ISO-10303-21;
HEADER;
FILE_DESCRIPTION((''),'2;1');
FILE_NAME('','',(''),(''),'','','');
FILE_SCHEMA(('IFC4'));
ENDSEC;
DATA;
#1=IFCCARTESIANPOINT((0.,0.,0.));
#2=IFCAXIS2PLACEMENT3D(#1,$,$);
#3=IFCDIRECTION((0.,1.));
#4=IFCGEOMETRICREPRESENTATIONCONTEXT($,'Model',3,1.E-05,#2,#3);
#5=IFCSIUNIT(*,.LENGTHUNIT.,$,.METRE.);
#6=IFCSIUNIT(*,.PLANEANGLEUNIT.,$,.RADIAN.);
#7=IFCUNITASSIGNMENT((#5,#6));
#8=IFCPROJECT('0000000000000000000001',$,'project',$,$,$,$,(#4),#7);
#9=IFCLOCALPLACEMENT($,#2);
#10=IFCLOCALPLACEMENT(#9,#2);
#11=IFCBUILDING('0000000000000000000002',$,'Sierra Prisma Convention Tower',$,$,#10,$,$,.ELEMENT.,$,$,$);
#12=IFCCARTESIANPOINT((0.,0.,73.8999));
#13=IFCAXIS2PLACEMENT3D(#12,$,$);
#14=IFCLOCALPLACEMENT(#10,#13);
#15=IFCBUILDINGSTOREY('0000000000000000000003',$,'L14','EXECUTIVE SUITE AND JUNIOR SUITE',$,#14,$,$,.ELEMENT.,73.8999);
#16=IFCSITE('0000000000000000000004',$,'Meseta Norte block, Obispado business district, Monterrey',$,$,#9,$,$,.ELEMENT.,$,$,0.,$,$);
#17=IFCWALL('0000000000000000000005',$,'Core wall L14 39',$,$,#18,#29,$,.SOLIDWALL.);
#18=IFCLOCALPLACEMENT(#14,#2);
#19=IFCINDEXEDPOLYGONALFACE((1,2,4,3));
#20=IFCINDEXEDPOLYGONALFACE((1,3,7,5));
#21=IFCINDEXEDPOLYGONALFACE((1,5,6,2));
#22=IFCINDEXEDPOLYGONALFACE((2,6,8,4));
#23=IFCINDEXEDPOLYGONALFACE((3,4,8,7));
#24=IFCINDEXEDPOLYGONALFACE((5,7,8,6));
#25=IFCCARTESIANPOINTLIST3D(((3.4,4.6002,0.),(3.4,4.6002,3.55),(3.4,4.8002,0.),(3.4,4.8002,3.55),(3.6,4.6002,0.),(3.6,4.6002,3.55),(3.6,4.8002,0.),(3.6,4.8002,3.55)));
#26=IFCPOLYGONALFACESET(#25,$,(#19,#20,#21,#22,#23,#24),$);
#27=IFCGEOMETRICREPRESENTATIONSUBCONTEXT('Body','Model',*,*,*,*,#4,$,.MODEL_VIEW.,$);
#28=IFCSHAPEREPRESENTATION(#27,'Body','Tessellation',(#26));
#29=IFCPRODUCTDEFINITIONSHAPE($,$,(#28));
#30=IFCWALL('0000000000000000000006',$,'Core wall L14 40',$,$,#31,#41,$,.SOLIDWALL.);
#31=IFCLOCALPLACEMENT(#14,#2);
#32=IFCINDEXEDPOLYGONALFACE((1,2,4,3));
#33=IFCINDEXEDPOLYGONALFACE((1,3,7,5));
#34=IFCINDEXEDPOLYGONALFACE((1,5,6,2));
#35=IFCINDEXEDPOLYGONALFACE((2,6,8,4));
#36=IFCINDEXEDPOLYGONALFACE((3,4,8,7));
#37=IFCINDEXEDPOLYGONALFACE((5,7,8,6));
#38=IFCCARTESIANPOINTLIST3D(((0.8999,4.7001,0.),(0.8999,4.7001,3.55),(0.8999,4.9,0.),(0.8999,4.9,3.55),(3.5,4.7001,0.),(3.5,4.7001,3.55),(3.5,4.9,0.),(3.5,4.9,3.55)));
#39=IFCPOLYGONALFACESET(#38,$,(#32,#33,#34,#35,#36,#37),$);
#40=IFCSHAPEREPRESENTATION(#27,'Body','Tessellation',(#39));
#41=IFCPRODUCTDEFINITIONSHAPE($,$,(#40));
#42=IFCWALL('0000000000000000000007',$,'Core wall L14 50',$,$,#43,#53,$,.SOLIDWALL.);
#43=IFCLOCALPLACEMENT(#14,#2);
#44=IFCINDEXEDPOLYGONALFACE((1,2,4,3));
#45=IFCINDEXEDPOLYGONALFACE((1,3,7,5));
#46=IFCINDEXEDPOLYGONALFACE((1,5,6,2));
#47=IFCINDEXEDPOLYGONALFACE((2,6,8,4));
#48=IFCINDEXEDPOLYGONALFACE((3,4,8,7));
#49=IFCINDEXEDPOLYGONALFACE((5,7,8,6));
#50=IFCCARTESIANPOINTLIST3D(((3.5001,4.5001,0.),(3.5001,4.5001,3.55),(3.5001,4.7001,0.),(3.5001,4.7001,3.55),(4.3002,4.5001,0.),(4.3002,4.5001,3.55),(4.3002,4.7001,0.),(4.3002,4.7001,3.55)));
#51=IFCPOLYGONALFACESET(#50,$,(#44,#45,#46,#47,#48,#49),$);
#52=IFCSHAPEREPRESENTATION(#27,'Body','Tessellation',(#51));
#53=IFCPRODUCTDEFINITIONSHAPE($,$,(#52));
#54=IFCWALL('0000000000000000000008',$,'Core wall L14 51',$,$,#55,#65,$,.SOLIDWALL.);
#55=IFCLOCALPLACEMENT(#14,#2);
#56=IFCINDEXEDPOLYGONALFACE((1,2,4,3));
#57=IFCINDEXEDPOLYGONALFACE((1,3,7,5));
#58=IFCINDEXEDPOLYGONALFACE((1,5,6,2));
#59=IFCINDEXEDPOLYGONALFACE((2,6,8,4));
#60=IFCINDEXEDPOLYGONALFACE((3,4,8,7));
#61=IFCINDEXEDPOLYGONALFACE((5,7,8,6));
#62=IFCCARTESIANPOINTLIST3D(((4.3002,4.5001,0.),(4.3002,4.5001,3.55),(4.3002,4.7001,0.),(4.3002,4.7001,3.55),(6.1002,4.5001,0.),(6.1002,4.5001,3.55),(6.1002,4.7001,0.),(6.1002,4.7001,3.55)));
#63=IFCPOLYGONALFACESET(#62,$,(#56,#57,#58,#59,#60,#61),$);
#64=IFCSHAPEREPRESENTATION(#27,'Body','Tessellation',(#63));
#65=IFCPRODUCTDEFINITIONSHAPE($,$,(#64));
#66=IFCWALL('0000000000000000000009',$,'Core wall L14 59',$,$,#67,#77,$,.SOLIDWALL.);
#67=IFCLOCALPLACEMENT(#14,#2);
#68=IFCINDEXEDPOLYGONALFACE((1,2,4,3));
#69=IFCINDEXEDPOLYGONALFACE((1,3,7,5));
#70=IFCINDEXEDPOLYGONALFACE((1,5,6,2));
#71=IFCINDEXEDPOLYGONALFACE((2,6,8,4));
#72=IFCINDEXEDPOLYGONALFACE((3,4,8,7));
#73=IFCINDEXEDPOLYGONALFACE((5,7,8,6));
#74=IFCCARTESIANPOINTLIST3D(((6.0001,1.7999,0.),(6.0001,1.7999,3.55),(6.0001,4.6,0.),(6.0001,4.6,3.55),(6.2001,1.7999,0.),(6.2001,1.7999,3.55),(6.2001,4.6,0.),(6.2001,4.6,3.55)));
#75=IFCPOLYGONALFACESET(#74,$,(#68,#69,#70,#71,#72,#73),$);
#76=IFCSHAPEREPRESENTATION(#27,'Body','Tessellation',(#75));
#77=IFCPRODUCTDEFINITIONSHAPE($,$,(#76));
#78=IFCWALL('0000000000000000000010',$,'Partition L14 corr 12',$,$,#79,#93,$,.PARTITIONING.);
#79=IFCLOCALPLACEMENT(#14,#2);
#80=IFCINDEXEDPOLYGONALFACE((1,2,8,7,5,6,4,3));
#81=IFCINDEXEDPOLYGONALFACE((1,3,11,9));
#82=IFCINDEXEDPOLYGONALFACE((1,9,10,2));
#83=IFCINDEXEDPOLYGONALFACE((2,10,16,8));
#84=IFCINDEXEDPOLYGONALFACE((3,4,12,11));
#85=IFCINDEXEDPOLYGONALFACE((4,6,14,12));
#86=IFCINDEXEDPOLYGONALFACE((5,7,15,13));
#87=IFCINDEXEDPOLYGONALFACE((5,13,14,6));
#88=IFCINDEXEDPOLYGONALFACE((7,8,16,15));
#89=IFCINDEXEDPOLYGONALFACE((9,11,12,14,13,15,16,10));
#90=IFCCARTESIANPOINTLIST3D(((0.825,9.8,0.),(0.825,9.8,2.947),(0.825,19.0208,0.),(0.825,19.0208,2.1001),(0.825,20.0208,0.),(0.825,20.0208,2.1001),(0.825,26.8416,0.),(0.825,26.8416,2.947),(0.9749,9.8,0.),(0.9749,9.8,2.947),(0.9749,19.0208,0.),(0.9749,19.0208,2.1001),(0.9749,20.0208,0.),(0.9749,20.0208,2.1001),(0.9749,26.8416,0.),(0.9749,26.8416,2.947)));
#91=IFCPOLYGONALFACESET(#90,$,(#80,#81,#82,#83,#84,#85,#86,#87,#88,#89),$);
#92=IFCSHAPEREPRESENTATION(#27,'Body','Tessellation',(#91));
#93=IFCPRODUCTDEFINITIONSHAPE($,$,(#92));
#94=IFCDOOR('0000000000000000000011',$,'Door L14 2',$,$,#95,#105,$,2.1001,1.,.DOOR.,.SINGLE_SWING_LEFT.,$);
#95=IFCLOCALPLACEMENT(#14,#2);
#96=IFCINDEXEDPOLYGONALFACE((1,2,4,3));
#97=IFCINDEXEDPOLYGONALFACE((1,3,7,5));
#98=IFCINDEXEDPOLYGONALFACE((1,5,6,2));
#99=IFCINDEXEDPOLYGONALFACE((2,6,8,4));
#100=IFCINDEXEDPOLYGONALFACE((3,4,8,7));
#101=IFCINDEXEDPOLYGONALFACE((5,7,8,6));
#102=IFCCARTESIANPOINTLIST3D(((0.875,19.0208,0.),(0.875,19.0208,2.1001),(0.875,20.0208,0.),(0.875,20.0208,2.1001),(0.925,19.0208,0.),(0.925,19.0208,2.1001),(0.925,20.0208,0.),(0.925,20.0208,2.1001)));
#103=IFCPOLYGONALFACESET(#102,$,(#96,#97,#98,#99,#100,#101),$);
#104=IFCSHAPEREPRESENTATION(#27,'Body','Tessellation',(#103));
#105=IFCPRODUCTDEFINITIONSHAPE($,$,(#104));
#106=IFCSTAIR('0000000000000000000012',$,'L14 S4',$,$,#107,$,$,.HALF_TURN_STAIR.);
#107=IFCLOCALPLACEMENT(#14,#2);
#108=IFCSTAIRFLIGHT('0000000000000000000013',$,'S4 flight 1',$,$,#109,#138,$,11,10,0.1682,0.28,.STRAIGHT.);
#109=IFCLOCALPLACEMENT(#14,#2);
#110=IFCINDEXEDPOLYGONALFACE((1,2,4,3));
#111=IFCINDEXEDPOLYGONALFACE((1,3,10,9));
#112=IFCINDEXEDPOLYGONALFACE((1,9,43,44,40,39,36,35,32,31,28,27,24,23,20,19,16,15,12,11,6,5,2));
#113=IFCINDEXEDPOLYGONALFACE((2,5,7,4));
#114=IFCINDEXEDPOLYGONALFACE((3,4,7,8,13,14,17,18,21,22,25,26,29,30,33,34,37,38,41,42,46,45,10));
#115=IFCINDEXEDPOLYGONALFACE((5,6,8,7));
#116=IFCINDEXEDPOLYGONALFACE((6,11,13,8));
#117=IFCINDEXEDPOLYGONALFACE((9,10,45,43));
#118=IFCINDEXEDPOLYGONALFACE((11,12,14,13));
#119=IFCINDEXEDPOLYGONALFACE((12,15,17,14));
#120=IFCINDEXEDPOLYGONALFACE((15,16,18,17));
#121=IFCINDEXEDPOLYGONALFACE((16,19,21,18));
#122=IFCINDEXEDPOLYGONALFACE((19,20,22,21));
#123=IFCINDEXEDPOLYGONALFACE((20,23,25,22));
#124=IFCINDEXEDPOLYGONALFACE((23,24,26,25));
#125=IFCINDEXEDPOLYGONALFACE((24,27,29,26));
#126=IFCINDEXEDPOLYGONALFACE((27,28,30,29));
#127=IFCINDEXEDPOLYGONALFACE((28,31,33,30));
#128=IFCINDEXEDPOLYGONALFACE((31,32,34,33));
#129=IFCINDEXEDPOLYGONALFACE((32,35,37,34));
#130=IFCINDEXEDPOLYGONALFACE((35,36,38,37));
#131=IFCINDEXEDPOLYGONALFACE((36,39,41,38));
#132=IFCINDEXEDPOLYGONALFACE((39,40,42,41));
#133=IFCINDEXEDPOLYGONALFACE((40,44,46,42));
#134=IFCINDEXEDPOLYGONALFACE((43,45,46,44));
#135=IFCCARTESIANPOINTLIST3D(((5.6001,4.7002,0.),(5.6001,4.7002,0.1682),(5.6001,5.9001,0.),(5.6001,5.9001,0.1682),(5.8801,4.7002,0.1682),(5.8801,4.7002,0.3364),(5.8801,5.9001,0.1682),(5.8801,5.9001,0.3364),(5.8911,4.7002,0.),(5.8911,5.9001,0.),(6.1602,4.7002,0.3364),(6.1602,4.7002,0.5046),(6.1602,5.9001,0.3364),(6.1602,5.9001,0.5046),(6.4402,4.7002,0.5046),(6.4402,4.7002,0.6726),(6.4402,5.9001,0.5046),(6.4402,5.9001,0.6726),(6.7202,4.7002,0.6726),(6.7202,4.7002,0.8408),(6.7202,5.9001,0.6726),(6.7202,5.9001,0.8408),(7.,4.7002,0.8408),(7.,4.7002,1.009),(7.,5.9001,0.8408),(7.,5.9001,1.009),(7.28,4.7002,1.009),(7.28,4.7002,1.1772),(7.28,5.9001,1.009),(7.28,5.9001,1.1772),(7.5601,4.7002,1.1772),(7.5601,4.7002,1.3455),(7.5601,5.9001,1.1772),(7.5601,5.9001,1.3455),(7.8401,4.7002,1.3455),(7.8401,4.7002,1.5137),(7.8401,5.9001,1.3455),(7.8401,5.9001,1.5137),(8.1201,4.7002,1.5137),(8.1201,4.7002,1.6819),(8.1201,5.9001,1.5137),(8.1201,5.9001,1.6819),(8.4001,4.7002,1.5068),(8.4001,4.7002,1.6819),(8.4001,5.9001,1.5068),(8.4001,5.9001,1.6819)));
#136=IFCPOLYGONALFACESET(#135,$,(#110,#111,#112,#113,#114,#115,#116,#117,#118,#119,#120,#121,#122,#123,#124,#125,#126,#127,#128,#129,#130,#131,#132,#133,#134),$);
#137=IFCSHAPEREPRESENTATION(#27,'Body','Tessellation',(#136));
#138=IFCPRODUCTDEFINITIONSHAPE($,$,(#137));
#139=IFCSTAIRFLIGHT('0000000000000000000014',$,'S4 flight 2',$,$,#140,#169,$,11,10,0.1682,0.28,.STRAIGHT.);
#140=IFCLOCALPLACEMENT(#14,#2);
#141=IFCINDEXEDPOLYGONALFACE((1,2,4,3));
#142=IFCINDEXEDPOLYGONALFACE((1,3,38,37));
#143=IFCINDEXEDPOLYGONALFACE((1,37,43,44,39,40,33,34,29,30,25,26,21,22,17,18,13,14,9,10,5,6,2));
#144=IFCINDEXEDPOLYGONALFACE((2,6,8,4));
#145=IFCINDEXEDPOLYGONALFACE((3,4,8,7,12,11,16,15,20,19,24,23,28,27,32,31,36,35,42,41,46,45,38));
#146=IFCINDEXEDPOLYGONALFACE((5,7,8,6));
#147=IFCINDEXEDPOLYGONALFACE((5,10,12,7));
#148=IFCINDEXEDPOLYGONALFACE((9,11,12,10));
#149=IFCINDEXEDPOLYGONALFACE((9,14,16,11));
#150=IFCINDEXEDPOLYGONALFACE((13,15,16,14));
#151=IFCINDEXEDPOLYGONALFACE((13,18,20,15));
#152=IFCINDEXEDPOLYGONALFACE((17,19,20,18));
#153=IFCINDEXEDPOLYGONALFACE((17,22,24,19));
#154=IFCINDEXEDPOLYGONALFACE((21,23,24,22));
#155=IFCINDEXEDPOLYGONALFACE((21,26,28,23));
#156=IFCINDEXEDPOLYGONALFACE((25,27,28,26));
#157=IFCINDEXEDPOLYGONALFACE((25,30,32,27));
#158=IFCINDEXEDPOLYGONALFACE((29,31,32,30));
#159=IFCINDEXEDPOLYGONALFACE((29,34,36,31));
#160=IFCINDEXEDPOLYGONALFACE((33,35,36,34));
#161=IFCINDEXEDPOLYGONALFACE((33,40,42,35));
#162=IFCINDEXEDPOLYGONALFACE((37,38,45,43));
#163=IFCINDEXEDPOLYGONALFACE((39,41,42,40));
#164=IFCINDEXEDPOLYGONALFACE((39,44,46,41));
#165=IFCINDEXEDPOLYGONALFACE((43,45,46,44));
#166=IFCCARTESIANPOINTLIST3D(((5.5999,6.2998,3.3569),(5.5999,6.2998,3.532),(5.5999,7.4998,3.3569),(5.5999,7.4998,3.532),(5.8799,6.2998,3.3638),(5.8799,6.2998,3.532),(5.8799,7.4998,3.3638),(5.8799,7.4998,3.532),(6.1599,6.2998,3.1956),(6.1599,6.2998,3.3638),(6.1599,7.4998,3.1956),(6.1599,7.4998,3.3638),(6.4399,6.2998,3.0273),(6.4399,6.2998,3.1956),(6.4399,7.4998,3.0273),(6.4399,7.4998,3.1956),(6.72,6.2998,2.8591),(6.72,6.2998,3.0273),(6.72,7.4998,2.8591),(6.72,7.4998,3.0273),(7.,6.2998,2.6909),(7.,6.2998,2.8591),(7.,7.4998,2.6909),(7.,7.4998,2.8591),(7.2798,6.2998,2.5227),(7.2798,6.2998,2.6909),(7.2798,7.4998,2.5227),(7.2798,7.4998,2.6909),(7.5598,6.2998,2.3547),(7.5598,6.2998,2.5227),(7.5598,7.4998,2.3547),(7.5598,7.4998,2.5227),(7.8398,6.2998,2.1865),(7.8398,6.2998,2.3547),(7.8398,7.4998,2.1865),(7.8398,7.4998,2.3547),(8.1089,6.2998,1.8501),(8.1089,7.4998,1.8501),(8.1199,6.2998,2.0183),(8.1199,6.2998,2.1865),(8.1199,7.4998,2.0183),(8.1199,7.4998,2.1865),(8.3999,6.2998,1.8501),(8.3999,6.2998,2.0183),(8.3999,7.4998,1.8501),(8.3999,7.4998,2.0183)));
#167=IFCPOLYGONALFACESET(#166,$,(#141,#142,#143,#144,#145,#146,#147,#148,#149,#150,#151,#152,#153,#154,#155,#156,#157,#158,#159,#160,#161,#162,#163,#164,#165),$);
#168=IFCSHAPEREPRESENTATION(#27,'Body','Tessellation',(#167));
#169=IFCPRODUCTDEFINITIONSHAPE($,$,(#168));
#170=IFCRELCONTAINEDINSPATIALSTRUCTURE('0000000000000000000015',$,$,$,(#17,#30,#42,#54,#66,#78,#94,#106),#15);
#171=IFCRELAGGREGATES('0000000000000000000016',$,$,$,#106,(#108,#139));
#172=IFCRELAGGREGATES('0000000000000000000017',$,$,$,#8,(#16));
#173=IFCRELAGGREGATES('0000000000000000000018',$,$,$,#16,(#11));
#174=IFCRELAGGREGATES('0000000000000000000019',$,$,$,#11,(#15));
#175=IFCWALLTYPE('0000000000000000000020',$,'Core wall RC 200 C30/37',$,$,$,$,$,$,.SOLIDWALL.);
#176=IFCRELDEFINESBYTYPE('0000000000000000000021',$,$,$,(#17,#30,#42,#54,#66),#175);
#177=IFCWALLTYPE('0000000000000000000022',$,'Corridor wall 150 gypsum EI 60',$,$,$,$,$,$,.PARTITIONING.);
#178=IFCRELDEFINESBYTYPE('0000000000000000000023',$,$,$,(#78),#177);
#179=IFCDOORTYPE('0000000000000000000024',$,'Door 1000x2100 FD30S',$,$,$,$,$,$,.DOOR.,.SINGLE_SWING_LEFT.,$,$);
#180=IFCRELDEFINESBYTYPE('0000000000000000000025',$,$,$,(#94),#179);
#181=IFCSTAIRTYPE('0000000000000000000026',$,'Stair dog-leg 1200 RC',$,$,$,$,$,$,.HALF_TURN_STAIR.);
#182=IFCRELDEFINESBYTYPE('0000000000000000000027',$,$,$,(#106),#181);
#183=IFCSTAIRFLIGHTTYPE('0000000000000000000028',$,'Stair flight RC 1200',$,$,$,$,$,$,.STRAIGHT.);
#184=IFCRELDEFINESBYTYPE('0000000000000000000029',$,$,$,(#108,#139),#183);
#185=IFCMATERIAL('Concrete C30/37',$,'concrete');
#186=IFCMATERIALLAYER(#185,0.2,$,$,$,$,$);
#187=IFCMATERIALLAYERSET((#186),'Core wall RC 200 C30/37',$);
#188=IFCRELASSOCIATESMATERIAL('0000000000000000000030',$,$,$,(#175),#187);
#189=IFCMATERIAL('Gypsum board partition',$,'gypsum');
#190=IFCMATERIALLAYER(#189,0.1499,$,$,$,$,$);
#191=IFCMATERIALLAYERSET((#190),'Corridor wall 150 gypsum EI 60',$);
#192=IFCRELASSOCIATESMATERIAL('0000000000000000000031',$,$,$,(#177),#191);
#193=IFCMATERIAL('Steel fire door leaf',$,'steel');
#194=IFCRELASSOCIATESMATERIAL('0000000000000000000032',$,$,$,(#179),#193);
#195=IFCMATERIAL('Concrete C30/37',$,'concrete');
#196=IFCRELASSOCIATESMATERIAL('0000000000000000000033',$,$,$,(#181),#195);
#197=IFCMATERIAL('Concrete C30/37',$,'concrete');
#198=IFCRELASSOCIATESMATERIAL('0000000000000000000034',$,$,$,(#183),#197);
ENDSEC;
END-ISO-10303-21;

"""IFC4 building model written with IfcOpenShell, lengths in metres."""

from ifc_helpers import new_model, si_unit, direction, frame, frame_2d, origin, place, context, subcontext, project, spatial, polyline, rectangle, outline, extrude, material, layer, layer_set, type_object, element, fill, aggregate, save


model = new_model("IFC4")

# Units and contexts
model_context = context("Model", 3, precision=1e-05, world=origin(), true_north=direction((0.0, 1.0)))
body_context = subcontext(model_context, "Body", "Model", "MODEL_VIEW")
ifc_project = project(units=[si_unit("LENGTHUNIT", "METRE"), si_unit("PLANEANGLEUNIT", "RADIAN")], contexts=[model_context])

# Site, building, storey
site_placement = place(None, origin())
site = spatial("IfcSite", under=ifc_project, at=site_placement, Name="Meseta Norte block, Obispado business district, Monterrey", CompositionType="ELEMENT", RefElevation=0.0)
building_placement = place(site_placement, origin())
building = spatial("IfcBuilding", under=site, at=building_placement, Name="Sierra Prisma Convention Tower", CompositionType="ELEMENT")
storey_placement = place(building_placement, frame((0.0, 0.0, 73.8999)))
storey = spatial("IfcBuildingStorey", under=building, at=storey_placement, Name="L14", Description="EXECUTIVE SUITE AND JUNIOR SUITE", CompositionType="ELEMENT", Elevation=73.8999)

# Walls
ifc_material_1 = material(Name="Concrete C30/37", Category="concrete")
ifc_layer_1 = layer(ifc_material_1, 0.2)
ifc_layer_set_1 = layer_set([ifc_layer_1], Name="Core wall RC 200 C30/37")
wall_type_1 = type_object("IfcWallType", Name="Core wall RC 200 C30/37", PredefinedType="SOLIDWALL", material=ifc_layer_set_1)
wall_1_placement = place(storey_placement, frame((3.5, 4.6001, 0.0), z_axis=(0.0, 0.0, 1.0), x_axis=(0.0, 1.0, 0.0)))
element("IfcWall", 1, at=wall_1_placement, inside=storey, type_object=wall_type_1, Name="Core wall L14 39", PredefinedType="SOLIDWALL", context=body_context, shape_type="SweptSolid", body=[
    extrude(rectangle(XDim=0.2, YDim=0.2, at=frame_2d((0.1001, 0.0))), origin(), (0.0, 0.0, 1.0), 3.55),
])
wall_2_placement = place(storey_placement, frame((3.5, 4.8, 0.0), z_axis=(0.0, 0.0, 1.0), x_axis=(-1.0, 0.0, 0.0)))
element("IfcWall", 2, at=wall_2_placement, inside=storey, type_object=wall_type_1, Name="Core wall L14 40", PredefinedType="SOLIDWALL", context=body_context, shape_type="SweptSolid", body=[
    extrude(rectangle(XDim=2.6001, YDim=0.2, at=frame_2d((1.3, 0.0))), origin(), (0.0, 0.0, 1.0), 3.55),
])

# Walls
wall_3_placement = place(storey_placement, frame((4.3, 4.6001, 0.0), z_axis=(0.0, 0.0, 1.0), x_axis=(-1.0, 0.0, 0.0)))
element("IfcWall", 3, at=wall_3_placement, inside=storey, type_object=wall_type_1, Name="Core wall L14 50", PredefinedType="SOLIDWALL", context=body_context, shape_type="SweptSolid", body=[
    extrude(rectangle(XDim=0.8, YDim=0.2, at=frame_2d((0.3999, 0.0))), origin(), (0.0, 0.0, 1.0), 3.55),
])
wall_4_placement = place(storey_placement, frame((6.1001, 4.6001, 0.0), z_axis=(0.0, 0.0, 1.0), x_axis=(-1.0, 0.0, 0.0)))
element("IfcWall", 4, at=wall_4_placement, inside=storey, type_object=wall_type_1, Name="Core wall L14 51", PredefinedType="SOLIDWALL", context=body_context, shape_type="SweptSolid", body=[
    extrude(rectangle(XDim=1.8, YDim=0.2, at=frame_2d((0.8999, 0.0))), origin(), (0.0, 0.0, 1.0), 3.55),
])

# Wall
wall_5_placement = place(storey_placement, frame((6.1001, 1.8, 0.0), z_axis=(0.0, 0.0, 1.0), x_axis=(0.0, 1.0, 0.0)))
element("IfcWall", 5, at=wall_5_placement, inside=storey, type_object=wall_type_1, Name="Core wall L14 59", PredefinedType="SOLIDWALL", context=body_context, shape_type="SweptSolid", body=[
    extrude(rectangle(XDim=2.8, YDim=0.2, at=frame_2d((1.3999, 0.0))), origin(), (0.0, 0.0, 1.0), 3.55),
])

# Wall, opening, door
ifc_material_2 = material(Name="Gypsum board partition", Category="gypsum")
ifc_layer_2 = layer(ifc_material_2, 0.1499)
ifc_layer_set_2 = layer_set([ifc_layer_2], Name="Corridor wall 150 gypsum EI 60")
wall_type_2 = type_object("IfcWallType", Name="Corridor wall 150 gypsum EI 60", PredefinedType="PARTITIONING", material=ifc_layer_set_2)
wall_6_placement = place(storey_placement, frame((0.8999, 9.8, 0.0), z_axis=(0.0, 0.0, 1.0), x_axis=(0.0, 1.0, 0.0)))
wall_6 = element("IfcWall", 6, at=wall_6_placement, inside=storey, type_object=wall_type_2, Name="Partition L14 corr 12", PredefinedType="PARTITIONING", context=body_context, shape_type="SweptSolid", body=[
    extrude(rectangle(XDim=17.0415, YDim=0.1499, at=frame_2d((8.5208, 0.0))), origin(), (0.0, 0.0, 1.0), 2.947),
])
opening_1_placement = place(wall_6_placement, frame((9.2207, 0.0, 0.0)))
opening_1 = element("IfcOpeningElement", 7, at=opening_1_placement, cuts=wall_6, PredefinedType="OPENING", context=body_context, shape_type="SweptSolid", body=[
    extrude(rectangle(XDim=1.0, YDim=2.1001, at=frame_2d((0.5, 1.05))), frame((0.0, 0.075, 0.0), z_axis=(0.0, -1.0, 0.0), x_axis=(1.0, 0.0, 0.0)), (0.0, 0.0, 1.0), 0.1499),
])
ifc_material_3 = material(Name="Steel fire door leaf", Category="steel")
door_type_1 = type_object("IfcDoorType", Name="Door 1000x2100 FD30S", OperationType="SINGLE_SWING_LEFT", PredefinedType="DOOR", material=ifc_material_3)
door_1_placement = place(opening_1_placement, origin())
door_1 = element("IfcDoor", 8, at=door_1_placement, inside=storey, type_object=door_type_1, Name="Door L14 2", OperationType="SINGLE_SWING_LEFT", OverallHeight=2.1001, OverallWidth=1.0, PredefinedType="DOOR", context=body_context, shape_type="SweptSolid", body=[
    extrude(rectangle(XDim=1.0, YDim=2.1001, at=frame_2d((0.5, 1.05))), frame((0.0, 0.0249, 0.0), z_axis=(0.0, -1.0, 0.0), x_axis=(1.0, 0.0, 0.0)), (0.0, 0.0, 1.0), 0.05),
])
fill(opening_1, door_1)

# Stair, stair flights
ifc_material_4 = material(Name="Concrete C30/37", Category="concrete")
stair_type = type_object("IfcStairType", Name="Stair dog-leg 1200 RC", PredefinedType="HALF_TURN_STAIR", material=ifc_material_4)
stair_placement = place(storey_placement, origin())
stair = element("IfcStair", 9, at=stair_placement, inside=storey, type_object=stair_type, Name="L14 S4", PredefinedType="HALF_TURN_STAIR")
ifc_material_5 = material(Name="Concrete C30/37", Category="concrete")
stair_flight_type = type_object("IfcStairFlightType", Name="Stair flight RC 1200", PredefinedType="STRAIGHT", material=ifc_material_5)
stair_flight_1_placement = place(storey_placement, frame((5.6001, 5.3, 0.0), z_axis=(0.0, 0.0, 1.0), x_axis=(1.0, 0.0, 0.0)))
stair_flight_1 = element("IfcStairFlight", 10, at=stair_flight_1_placement, type_object=stair_flight_type, Name="S4 flight 1", NumberOfRisers=11, NumberOfTreads=10, PredefinedType="STRAIGHT", RiserHeight=0.1682, TreadLength=0.28, context=body_context, shape_type="SweptSolid", body=[
    extrude(outline(polyline([(0.0, 0.0), (0.0, 0.1682), (0.28, 0.1682), (0.28, 0.3364), (0.5601, 0.3364), (0.5601, 0.5046), (0.8401, 0.5046), (0.8401, 0.6726), (1.1201, 0.6726), (1.1201, 0.8408), (1.3999, 0.8408), (1.3999, 1.009), (1.6799, 1.009), (1.6799, 1.1772), (1.96, 1.1772), (1.96, 1.3455), (2.24, 1.3455), (2.24, 1.5137), (2.52, 1.5137), (2.52, 1.6819), (2.8, 1.6819), (2.8, 1.8501), (2.8, 1.5068), (0.291, 0.0), (0.0, 0.0)])), frame((0.0, 0.6001, 0.0), z_axis=(0.0, -1.0, 0.0), x_axis=(1.0, 0.0, 0.0)), (0.0, 0.0, 1.0), 1.2),
])
stair_flight_2_placement = place(storey_placement, frame((8.3999, 6.8999, 1.8501), z_axis=(0.0, 0.0, 1.0), x_axis=(-1.0, 0.0, 0.0)))
stair_flight_2 = element("IfcStairFlight", 11, at=stair_flight_2_placement, type_object=stair_flight_type, Name="S4 flight 2", NumberOfRisers=11, NumberOfTreads=10, PredefinedType="STRAIGHT", RiserHeight=0.1682, TreadLength=0.28, context=body_context, shape_type="SweptSolid", body=[
    extrude(outline(polyline([(0.0, 0.0), (0.0, 0.1682), (0.28, 0.1682), (0.28, 0.3364), (0.5601, 0.3364), (0.5601, 0.5046), (0.8401, 0.5046), (0.8401, 0.6726), (1.1201, 0.6726), (1.1201, 0.8408), (1.3999, 0.8408), (1.3999, 1.009), (1.6799, 1.009), (1.6799, 1.1772), (1.96, 1.1772), (1.96, 1.3455), (2.24, 1.3455), (2.24, 1.5137), (2.52, 1.5137), (2.52, 1.6819), (2.8, 1.6819), (2.8, 1.8501), (2.8, 1.5068), (0.291, 0.0), (0.0, 0.0)])), frame((0.0, 0.6001, 0.0), z_axis=(0.0, -1.0, 0.0), x_axis=(1.0, 0.0, 0.0)), (0.0, 0.0, 1.0), 1.2),
])
aggregate(stair, [stair_flight_1, stair_flight_2])

save(model, "model.ifc")
